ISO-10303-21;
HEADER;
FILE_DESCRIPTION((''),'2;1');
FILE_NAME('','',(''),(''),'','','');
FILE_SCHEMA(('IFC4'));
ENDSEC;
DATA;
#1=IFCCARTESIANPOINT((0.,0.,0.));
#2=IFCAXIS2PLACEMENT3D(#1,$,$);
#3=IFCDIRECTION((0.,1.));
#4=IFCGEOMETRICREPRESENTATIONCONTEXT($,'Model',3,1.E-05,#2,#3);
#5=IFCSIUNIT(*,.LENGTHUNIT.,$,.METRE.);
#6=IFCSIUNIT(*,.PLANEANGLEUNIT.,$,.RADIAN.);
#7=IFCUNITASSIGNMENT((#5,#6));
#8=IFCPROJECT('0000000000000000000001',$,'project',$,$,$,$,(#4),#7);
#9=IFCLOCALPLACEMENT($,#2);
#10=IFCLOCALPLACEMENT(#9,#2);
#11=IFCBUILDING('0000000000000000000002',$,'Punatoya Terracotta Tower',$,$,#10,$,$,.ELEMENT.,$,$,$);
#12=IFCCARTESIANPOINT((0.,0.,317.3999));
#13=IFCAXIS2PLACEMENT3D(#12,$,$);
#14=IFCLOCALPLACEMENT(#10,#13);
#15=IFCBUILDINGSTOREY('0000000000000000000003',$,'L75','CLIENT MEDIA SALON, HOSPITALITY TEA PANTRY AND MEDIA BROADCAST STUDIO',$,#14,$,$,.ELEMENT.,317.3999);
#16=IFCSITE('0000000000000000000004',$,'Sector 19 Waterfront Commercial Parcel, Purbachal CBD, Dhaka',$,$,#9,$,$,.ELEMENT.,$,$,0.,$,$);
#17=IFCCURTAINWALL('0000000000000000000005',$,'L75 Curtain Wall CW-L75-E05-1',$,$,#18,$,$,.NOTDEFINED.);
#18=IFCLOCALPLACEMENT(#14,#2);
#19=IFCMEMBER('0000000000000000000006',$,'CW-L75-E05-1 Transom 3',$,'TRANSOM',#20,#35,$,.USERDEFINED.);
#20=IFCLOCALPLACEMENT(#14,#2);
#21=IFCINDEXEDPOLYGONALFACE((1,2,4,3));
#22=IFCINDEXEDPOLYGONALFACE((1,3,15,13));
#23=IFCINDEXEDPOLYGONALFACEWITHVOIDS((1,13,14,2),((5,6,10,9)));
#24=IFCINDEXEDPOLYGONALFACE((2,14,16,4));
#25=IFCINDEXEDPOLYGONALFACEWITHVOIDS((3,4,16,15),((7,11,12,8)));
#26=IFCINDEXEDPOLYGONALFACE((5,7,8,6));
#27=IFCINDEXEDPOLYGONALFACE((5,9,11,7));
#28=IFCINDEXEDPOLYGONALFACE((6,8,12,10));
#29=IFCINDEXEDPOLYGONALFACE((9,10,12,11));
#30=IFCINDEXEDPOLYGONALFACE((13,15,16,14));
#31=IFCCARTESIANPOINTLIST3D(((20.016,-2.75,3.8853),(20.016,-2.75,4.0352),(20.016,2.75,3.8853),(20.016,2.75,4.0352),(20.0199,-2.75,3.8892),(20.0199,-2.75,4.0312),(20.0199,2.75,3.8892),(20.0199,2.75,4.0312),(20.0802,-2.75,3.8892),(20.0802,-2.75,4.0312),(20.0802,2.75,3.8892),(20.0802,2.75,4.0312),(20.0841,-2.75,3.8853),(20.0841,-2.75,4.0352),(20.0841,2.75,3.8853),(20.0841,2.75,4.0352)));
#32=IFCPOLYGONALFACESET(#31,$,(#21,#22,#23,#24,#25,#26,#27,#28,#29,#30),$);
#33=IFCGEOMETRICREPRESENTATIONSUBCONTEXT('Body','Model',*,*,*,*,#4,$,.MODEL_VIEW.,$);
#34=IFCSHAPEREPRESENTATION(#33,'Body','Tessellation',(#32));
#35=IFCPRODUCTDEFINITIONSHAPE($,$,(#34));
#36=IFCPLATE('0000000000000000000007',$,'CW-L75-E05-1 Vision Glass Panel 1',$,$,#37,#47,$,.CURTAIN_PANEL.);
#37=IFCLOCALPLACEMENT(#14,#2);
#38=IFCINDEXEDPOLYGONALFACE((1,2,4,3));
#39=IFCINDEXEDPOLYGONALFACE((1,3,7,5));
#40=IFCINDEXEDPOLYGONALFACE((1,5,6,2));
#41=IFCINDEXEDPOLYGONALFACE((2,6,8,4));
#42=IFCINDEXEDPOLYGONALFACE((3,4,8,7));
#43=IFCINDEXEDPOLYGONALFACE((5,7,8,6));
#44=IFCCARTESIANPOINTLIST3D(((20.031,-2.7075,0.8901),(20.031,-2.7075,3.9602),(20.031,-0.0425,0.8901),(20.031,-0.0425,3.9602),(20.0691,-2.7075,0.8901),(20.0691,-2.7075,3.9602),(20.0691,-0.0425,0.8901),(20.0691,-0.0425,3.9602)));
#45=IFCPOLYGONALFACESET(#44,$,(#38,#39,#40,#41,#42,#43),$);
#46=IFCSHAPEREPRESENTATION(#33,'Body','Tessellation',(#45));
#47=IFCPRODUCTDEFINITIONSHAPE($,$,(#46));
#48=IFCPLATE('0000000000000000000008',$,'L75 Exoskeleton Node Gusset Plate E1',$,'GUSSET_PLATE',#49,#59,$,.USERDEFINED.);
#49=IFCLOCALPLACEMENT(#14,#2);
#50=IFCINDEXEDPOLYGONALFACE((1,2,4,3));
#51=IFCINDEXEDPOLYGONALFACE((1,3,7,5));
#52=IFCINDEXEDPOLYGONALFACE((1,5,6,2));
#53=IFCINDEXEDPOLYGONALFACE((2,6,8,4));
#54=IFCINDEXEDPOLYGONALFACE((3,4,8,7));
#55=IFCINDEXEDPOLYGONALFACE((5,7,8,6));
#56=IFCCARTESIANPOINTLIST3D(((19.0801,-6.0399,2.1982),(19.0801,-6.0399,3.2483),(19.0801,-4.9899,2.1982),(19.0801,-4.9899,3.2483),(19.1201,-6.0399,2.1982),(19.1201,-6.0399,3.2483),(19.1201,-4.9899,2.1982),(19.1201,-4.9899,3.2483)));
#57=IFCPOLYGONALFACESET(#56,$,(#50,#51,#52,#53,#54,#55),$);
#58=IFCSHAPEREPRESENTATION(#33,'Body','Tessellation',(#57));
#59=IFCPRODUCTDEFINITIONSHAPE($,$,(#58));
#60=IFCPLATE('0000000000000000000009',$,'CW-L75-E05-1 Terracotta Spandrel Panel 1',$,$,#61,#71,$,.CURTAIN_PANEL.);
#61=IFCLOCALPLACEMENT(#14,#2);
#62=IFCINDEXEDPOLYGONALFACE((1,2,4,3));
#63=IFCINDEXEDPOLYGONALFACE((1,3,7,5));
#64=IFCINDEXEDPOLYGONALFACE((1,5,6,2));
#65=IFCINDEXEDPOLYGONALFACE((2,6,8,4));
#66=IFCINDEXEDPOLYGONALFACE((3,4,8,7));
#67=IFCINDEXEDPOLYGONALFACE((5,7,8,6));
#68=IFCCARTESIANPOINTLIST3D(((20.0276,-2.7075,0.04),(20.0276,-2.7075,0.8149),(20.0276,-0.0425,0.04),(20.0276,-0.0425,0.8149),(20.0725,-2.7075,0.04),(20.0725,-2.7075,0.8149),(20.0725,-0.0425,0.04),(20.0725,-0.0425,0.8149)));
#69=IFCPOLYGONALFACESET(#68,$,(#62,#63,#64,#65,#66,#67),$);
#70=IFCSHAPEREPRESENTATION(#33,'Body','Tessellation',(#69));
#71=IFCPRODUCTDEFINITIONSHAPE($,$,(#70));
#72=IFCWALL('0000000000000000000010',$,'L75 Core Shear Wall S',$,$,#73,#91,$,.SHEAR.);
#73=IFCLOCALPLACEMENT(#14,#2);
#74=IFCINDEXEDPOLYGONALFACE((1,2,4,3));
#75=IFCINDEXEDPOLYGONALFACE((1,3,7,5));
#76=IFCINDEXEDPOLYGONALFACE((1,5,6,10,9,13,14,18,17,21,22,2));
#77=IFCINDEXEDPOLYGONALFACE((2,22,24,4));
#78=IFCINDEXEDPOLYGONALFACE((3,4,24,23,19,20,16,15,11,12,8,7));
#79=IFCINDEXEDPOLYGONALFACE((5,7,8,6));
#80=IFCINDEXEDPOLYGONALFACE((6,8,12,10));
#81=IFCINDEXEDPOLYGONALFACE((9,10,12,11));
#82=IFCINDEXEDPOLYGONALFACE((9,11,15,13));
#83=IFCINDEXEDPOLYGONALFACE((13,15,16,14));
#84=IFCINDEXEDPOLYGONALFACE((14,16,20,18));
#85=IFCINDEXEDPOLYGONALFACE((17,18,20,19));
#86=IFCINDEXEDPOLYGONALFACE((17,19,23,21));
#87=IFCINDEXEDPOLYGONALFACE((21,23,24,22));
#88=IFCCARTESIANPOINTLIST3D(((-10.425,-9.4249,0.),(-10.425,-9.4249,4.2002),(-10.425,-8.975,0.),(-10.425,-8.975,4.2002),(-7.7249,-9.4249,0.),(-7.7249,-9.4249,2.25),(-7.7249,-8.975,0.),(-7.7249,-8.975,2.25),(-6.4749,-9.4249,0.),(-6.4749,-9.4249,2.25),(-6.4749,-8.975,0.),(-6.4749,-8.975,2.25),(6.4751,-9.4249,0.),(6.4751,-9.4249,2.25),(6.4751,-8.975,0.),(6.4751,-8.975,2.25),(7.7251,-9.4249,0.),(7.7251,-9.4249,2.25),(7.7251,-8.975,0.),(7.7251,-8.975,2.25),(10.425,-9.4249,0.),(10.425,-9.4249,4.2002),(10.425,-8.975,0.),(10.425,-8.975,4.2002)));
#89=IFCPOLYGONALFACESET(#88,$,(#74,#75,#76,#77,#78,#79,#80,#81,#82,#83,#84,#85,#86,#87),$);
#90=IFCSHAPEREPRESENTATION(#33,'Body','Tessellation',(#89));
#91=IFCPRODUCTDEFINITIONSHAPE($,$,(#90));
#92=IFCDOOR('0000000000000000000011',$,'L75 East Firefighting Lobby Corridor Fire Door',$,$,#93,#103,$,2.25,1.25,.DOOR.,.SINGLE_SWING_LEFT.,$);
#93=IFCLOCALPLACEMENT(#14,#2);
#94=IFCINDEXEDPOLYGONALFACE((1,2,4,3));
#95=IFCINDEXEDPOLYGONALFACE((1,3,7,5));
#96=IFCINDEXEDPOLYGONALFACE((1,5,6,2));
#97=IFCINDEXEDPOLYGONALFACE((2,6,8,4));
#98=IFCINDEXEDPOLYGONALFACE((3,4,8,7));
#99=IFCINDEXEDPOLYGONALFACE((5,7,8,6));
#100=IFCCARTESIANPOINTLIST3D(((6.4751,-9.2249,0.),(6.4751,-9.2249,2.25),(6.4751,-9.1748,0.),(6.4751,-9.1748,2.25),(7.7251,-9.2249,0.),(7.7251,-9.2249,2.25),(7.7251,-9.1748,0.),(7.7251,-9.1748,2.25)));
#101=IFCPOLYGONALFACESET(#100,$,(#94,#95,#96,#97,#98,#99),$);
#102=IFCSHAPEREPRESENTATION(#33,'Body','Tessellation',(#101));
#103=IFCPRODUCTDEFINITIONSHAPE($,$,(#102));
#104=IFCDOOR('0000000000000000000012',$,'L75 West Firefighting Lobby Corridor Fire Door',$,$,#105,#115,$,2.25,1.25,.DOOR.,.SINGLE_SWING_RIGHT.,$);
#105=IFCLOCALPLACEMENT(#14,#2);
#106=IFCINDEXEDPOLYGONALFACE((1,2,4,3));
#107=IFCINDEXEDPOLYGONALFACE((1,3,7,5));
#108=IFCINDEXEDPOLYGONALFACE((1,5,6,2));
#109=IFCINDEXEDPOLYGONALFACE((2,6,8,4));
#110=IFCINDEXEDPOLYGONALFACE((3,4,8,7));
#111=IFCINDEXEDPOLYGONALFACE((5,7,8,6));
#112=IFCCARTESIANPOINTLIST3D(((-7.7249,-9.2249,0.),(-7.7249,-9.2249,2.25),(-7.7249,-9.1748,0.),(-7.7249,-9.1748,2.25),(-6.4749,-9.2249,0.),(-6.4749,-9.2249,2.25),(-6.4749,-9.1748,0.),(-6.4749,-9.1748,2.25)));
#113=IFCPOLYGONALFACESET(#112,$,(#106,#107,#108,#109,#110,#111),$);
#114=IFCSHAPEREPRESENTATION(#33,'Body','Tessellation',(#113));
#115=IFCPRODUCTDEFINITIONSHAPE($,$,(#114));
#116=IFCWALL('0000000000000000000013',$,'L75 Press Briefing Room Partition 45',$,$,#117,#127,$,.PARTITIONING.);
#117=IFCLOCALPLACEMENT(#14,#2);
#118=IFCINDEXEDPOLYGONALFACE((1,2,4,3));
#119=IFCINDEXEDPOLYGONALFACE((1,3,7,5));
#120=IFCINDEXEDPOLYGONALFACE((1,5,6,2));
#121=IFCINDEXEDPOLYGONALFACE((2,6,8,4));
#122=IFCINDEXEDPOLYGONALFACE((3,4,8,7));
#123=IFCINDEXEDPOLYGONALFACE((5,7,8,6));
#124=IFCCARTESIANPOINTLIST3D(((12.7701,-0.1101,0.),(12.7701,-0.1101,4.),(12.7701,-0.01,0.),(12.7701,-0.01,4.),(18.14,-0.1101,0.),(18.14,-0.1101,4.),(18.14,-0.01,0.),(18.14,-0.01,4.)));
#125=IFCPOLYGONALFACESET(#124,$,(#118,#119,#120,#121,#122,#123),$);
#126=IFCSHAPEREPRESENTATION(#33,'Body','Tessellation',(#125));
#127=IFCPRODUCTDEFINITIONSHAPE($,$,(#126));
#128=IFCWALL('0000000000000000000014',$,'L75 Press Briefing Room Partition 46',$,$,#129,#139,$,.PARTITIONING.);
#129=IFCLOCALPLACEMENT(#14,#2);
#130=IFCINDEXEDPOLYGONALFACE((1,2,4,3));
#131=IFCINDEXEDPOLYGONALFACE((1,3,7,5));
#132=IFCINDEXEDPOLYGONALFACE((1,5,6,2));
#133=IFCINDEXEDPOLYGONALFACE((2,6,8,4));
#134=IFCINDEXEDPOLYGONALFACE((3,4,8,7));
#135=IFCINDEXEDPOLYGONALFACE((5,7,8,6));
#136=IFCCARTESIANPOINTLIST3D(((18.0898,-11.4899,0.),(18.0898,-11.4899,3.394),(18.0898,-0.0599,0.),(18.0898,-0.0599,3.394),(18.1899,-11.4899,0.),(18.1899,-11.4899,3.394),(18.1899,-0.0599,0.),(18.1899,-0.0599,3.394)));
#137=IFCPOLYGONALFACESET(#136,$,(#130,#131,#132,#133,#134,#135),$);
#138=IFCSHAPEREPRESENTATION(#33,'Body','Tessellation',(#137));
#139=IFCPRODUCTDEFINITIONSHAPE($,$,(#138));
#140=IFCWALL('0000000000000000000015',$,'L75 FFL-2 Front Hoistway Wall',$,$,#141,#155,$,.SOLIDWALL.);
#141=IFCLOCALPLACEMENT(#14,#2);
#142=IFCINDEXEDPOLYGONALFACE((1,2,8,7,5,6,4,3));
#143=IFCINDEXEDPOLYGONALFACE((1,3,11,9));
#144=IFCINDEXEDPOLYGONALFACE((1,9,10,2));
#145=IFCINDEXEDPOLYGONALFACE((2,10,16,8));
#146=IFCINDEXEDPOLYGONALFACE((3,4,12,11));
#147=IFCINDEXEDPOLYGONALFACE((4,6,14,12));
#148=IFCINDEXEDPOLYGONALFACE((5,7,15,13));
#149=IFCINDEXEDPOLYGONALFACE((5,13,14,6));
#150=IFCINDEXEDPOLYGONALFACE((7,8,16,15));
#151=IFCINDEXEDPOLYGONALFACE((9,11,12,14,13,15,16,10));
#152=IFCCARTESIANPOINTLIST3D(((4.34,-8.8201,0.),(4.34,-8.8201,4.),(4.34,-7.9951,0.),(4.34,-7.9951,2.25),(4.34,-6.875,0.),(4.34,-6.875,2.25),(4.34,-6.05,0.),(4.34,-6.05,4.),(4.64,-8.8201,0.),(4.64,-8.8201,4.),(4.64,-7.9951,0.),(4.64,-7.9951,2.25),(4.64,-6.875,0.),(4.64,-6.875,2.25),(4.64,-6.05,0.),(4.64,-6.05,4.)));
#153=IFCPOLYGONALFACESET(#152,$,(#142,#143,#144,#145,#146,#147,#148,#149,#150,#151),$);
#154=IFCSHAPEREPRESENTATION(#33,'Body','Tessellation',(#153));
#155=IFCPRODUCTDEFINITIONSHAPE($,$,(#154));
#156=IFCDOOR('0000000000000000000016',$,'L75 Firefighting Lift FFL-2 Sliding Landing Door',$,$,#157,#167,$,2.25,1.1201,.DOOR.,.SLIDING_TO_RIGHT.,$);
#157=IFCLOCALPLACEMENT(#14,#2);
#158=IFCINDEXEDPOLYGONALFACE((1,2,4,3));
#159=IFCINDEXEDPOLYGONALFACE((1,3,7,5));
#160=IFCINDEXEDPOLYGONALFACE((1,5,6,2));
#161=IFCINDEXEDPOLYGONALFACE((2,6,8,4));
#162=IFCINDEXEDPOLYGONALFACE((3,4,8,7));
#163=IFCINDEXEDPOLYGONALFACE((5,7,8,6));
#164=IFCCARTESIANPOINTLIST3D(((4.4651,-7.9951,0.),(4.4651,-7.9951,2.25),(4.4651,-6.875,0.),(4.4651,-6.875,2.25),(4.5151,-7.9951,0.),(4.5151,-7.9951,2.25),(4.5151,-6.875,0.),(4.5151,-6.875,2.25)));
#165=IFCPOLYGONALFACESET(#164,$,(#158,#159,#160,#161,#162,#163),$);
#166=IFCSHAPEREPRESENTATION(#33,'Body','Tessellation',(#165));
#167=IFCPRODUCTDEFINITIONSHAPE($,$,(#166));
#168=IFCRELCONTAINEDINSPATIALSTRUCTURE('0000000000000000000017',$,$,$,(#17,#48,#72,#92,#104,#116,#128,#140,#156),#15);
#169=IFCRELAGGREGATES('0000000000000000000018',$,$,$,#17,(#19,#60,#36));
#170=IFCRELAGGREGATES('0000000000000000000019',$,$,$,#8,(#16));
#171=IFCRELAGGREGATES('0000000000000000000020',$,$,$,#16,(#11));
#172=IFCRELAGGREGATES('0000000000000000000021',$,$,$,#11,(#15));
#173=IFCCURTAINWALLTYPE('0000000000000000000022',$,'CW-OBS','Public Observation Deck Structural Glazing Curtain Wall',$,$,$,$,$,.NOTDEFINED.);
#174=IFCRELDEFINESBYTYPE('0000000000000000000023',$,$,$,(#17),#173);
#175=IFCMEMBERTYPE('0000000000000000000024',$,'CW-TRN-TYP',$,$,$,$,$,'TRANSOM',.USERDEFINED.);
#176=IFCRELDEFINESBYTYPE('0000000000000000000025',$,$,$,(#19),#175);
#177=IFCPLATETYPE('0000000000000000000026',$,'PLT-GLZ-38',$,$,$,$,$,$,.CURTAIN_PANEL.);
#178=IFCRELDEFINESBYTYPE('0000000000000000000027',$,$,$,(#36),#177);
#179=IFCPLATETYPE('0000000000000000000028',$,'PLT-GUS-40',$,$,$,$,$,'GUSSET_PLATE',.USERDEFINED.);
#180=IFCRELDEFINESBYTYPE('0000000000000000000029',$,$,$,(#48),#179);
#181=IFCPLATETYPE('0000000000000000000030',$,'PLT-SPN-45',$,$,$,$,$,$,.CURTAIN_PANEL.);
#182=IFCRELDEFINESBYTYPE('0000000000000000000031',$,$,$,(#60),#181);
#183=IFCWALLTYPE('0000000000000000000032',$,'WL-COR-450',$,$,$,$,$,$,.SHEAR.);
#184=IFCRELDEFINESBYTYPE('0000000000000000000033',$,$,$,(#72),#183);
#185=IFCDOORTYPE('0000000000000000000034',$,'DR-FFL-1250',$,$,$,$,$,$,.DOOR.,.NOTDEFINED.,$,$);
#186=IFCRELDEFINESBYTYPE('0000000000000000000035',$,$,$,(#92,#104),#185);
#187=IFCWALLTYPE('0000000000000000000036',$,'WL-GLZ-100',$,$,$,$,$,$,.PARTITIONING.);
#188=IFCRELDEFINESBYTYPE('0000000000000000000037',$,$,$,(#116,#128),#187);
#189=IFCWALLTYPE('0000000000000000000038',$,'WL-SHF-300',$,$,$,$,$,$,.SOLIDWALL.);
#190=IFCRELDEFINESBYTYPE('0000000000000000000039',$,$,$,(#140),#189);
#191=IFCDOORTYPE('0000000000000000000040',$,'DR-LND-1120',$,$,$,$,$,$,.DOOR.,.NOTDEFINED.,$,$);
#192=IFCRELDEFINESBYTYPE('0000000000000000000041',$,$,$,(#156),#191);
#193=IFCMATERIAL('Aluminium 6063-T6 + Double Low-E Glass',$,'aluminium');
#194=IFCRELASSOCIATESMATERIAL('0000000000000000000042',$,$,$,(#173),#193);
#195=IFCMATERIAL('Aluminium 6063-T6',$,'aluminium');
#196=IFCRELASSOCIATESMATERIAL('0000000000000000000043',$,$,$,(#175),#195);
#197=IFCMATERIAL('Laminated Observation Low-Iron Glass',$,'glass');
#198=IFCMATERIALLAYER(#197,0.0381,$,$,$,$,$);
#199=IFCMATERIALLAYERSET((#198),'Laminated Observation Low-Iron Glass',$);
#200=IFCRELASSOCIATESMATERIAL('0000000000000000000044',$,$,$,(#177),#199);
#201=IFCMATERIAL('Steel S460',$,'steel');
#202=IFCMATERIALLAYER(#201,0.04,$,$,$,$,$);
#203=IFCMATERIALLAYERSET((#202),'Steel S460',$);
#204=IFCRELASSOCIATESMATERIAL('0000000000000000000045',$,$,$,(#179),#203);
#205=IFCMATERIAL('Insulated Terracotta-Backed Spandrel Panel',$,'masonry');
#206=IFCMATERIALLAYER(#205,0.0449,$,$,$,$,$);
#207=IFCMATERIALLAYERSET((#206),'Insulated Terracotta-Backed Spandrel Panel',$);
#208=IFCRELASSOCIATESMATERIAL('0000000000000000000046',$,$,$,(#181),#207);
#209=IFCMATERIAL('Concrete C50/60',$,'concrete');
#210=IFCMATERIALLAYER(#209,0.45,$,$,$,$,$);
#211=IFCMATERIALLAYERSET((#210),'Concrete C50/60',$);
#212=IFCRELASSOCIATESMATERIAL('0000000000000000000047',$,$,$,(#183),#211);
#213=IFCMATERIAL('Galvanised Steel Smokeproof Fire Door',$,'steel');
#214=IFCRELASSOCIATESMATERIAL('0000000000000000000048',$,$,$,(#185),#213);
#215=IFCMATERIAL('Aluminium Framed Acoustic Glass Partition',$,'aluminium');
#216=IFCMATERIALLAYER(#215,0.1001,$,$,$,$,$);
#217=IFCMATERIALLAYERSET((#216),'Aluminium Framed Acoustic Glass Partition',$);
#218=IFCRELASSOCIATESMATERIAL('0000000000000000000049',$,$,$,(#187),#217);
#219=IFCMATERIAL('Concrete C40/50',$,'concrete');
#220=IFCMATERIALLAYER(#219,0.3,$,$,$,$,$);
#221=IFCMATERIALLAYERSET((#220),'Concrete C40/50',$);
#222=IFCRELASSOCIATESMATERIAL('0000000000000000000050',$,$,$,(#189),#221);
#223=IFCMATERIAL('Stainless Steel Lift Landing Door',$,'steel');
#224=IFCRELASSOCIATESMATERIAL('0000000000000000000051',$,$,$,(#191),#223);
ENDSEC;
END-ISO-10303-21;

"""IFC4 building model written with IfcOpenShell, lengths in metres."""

from ifc_helpers import new_model, si_unit, direction, frame, frame_2d, origin, origin_2d, place, context, subcontext, project, spatial, rectangle, hollow_rectangle, extrude, material, layer, layer_set, material_profile, profile_set, type_object, element, fill, aggregate, save


model = new_model("IFC4")

# Units and contexts
model_context = context("Model", 3, precision=1e-05, world=origin(), true_north=direction((0.0, 1.0)))
body_context = subcontext(model_context, "Body", "Model", "MODEL_VIEW")
ifc_project = project(units=[si_unit("LENGTHUNIT", "METRE"), si_unit("PLANEANGLEUNIT", "RADIAN")], contexts=[model_context])

# Site, building, storey
site_placement = place(None, origin())
site = spatial("IfcSite", under=ifc_project, at=site_placement, Name="Sector 19 Waterfront Commercial Parcel, Purbachal CBD, Dhaka", CompositionType="ELEMENT", RefElevation=0.0)
building_placement = place(site_placement, origin())
building = spatial("IfcBuilding", under=site, at=building_placement, Name="Punatoya Terracotta Tower", CompositionType="ELEMENT")
storey_placement = place(building_placement, frame((0.0, 0.0, 317.3999)))
storey = spatial("IfcBuildingStorey", under=building, at=storey_placement, Name="L75", Description="CLIENT MEDIA SALON, HOSPITALITY TEA PANTRY AND MEDIA BROADCAST STUDIO", CompositionType="ELEMENT", Elevation=317.3999)

# Shared definitions
ifc_material_1 = material(Name="Steel S460", Category="steel")

# Curtain wall, member, plate
ifc_material_2 = material(Name="Aluminium 6063-T6 + Double Low-E Glass", Category="aluminium")
curtain_wall_type = type_object("IfcCurtainWallType", Name="CW-OBS", Description="Public Observation Deck Structural Glazing Curtain Wall", PredefinedType="NOTDEFINED", material=ifc_material_2)
curtain_wall_placement = place(storey_placement, origin())
curtain_wall = element("IfcCurtainWall", 1, at=curtain_wall_placement, inside=storey, type_object=curtain_wall_type, Name="L75 Curtain Wall CW-L75-E05-1", PredefinedType="NOTDEFINED")
ifc_material_3 = material(Name="Aluminium 6063-T6", Category="aluminium")
ifc_material_profile_1 = material_profile(ifc_material_3, hollow_rectangle(XDim=0.0681, YDim=0.1499, WallThickness=0.0039, at=origin_2d()))
ifc_profile_set_1 = profile_set([ifc_material_profile_1], Name="Aluminium 6063-T6")
member_type_1 = type_object("IfcMemberType", Name="CW-TRN-TYP", ElementType="TRANSOM", PredefinedType="USERDEFINED", material=ifc_profile_set_1)
member_1_placement = place(storey_placement, frame((20.05, -2.75, 3.9602), z_axis=(0.0, 1.0, 0.0), x_axis=(-1.0, 0.0, 0.0)))
member_1 = element("IfcMember", 2, at=member_1_placement, type_object=member_type_1, Name="CW-L75-E05-1 Transom 3", ObjectType="TRANSOM", PredefinedType="USERDEFINED", context=body_context, shape_type="SweptSolid", body=[
    extrude(hollow_rectangle(XDim=0.0681, YDim=0.1499, WallThickness=0.0039, at=origin_2d()), origin(), (0.0, 0.0, 1.0), 5.5),
])
ifc_material_4 = material(Name="Laminated Observation Low-Iron Glass", Category="glass")
ifc_layer_1 = layer(ifc_material_4, 0.0381)
ifc_layer_set_1 = layer_set([ifc_layer_1], Name="Laminated Observation Low-Iron Glass")
plate_type_1 = type_object("IfcPlateType", Name="PLT-GLZ-38", PredefinedType="CURTAIN_PANEL", material=ifc_layer_set_1)
plate_1_placement = place(storey_placement, frame((20.05, -1.375, 0.8901), z_axis=(0.0, 0.0, 1.0), x_axis=(0.0, 1.0, 0.0)))
plate_1 = element("IfcPlate", 3, at=plate_1_placement, type_object=plate_type_1, Name="CW-L75-E05-1 Vision Glass Panel 1", PredefinedType="CURTAIN_PANEL", context=body_context, shape_type="SweptSolid", body=[
    extrude(rectangle(XDim=2.665, YDim=0.0381, at=origin_2d()), origin(), (0.0, 0.0, 1.0), 3.0701),
])

# Plates
ifc_layer_2 = layer(ifc_material_1, 0.04)
ifc_layer_set_2 = layer_set([ifc_layer_2], Name="Steel S460")
plate_type_2 = type_object("IfcPlateType", Name="PLT-GUS-40", ElementType="GUSSET_PLATE", PredefinedType="USERDEFINED", material=ifc_layer_set_2)
plate_2_placement = place(storey_placement, frame((19.1001, -5.5149, 2.1982), z_axis=(0.0, 0.0, 1.0), x_axis=(0.0, 1.0, 0.0)))
element("IfcPlate", 4, at=plate_2_placement, inside=storey, type_object=plate_type_2, Name="L75 Exoskeleton Node Gusset Plate E1", ObjectType="GUSSET_PLATE", PredefinedType="USERDEFINED", context=body_context, shape_type="SweptSolid", body=[
    extrude(rectangle(XDim=1.05, YDim=0.04, at=origin_2d()), origin(), (0.0, 0.0, 1.0), 1.05),
])
ifc_material_5 = material(Name="Insulated Terracotta-Backed Spandrel Panel", Category="masonry")
ifc_layer_3 = layer(ifc_material_5, 0.0449)
ifc_layer_set_3 = layer_set([ifc_layer_3], Name="Insulated Terracotta-Backed Spandrel Panel")
plate_type_3 = type_object("IfcPlateType", Name="PLT-SPN-45", PredefinedType="CURTAIN_PANEL", material=ifc_layer_set_3)
plate_3_placement = place(storey_placement, frame((20.05, -1.375, 0.04), z_axis=(0.0, 0.0, 1.0), x_axis=(0.0, 1.0, 0.0)))
plate_3 = element("IfcPlate", 5, at=plate_3_placement, type_object=plate_type_3, Name="CW-L75-E05-1 Terracotta Spandrel Panel 1", PredefinedType="CURTAIN_PANEL", context=body_context, shape_type="SweptSolid", body=[
    extrude(rectangle(XDim=2.665, YDim=0.0449, at=origin_2d()), origin(), (0.0, 0.0, 1.0), 0.7749),
])
aggregate(curtain_wall, [member_1, plate_3, plate_1])

# Wall, openings, doors
ifc_material_6 = material(Name="Concrete C50/60", Category="concrete")
ifc_layer_4 = layer(ifc_material_6, 0.45)
ifc_layer_set_4 = layer_set([ifc_layer_4], Name="Concrete C50/60")
wall_type_1 = type_object("IfcWallType", Name="WL-COR-450", PredefinedType="SHEAR", material=ifc_layer_set_4)
wall_1_placement = place(storey_placement, frame((10.425, -9.2, 0.0), z_axis=(0.0, 0.0, 1.0), x_axis=(-1.0, 0.0, 0.0)))
wall_1 = element("IfcWall", 6, at=wall_1_placement, inside=storey, type_object=wall_type_1, Name="L75 Core Shear Wall S", PredefinedType="SHEAR", context=body_context, shape_type="SweptSolid", body=[
    extrude(rectangle(XDim=20.8501, YDim=0.45, at=frame_2d((10.425, 0.0))), origin(), (0.0, 0.0, 1.0), 4.2002),
])
opening_1_placement = place(wall_1_placement, frame((2.7, 0.0, 0.0)))
opening_1 = element("IfcOpeningElement", 7, at=opening_1_placement, cuts=wall_1, PredefinedType="OPENING", context=body_context, shape_type="SweptSolid", body=[
    extrude(rectangle(XDim=1.25, YDim=2.25, at=frame_2d((0.625, 1.125))), frame((0.0, 0.2349, 0.0), z_axis=(0.0, -1.0, 0.0), x_axis=(1.0, 0.0, 0.0)), (0.0, 0.0, 1.0), 0.47),
])
opening_2_placement = place(wall_1_placement, frame((16.8999, 0.0, 0.0)))
opening_2 = element("IfcOpeningElement", 8, at=opening_2_placement, cuts=wall_1, PredefinedType="OPENING", context=body_context, shape_type="SweptSolid", body=[
    extrude(rectangle(XDim=1.25, YDim=2.25, at=frame_2d((0.625, 1.125))), frame((0.0, 0.2349, 0.0), z_axis=(0.0, -1.0, 0.0), x_axis=(1.0, 0.0, 0.0)), (0.0, 0.0, 1.0), 0.47),
])
ifc_material_7 = material(Name="Galvanised Steel Smokeproof Fire Door", Category="steel")
door_type_1 = type_object("IfcDoorType", Name="DR-FFL-1250", OperationType="NOTDEFINED", PredefinedType="DOOR", material=ifc_material_7)
door_1_placement = place(opening_1_placement, origin())
door_1 = element("IfcDoor", 9, at=door_1_placement, inside=storey, type_object=door_type_1, Name="L75 East Firefighting Lobby Corridor Fire Door", OperationType="SINGLE_SWING_LEFT", OverallHeight=2.25, OverallWidth=1.25, PredefinedType="DOOR", context=body_context, shape_type="SweptSolid", body=[
    extrude(rectangle(XDim=1.25, YDim=2.25, at=frame_2d((0.625, 1.125))), frame((0.0, 0.0249, 0.0), z_axis=(0.0, -1.0, 0.0), x_axis=(1.0, 0.0, 0.0)), (0.0, 0.0, 1.0), 0.05),
])
fill(opening_1, door_1)
door_2_placement = place(opening_2_placement, origin())
door_2 = element("IfcDoor", 10, at=door_2_placement, inside=storey, type_object=door_type_1, Name="L75 West Firefighting Lobby Corridor Fire Door", OperationType="SINGLE_SWING_RIGHT", OverallHeight=2.25, OverallWidth=1.25, PredefinedType="DOOR", context=body_context, shape_type="SweptSolid", body=[
    extrude(rectangle(XDim=1.25, YDim=2.25, at=frame_2d((0.625, 1.125))), frame((0.0, 0.0249, 0.0), z_axis=(0.0, -1.0, 0.0), x_axis=(1.0, 0.0, 0.0)), (0.0, 0.0, 1.0), 0.05),
])
fill(opening_2, door_2)

# Walls
ifc_material_8 = material(Name="Aluminium Framed Acoustic Glass Partition", Category="aluminium")
ifc_layer_5 = layer(ifc_material_8, 0.1001)
ifc_layer_set_5 = layer_set([ifc_layer_5], Name="Aluminium Framed Acoustic Glass Partition")
wall_type_2 = type_object("IfcWallType", Name="WL-GLZ-100", PredefinedType="PARTITIONING", material=ifc_layer_set_5)
wall_2_placement = place(storey_placement, frame((12.77, -0.0601, 0.0), z_axis=(0.0, 0.0, 1.0), x_axis=(1.0, 0.0, 0.0)))
element("IfcWall", 11, at=wall_2_placement, inside=storey, type_object=wall_type_2, Name="L75 Press Briefing Room Partition 45", PredefinedType="PARTITIONING", context=body_context, shape_type="SweptSolid", body=[
    extrude(rectangle(XDim=5.3699, YDim=0.1001, at=frame_2d((2.6851, 0.0))), origin(), (0.0, 0.0, 1.0), 4.0),
])
wall_3_placement = place(storey_placement, frame((18.1399, -0.0601, 0.0), z_axis=(0.0, 0.0, 1.0), x_axis=(0.0, -1.0, 0.0)))
element("IfcWall", 12, at=wall_3_placement, inside=storey, type_object=wall_type_2, Name="L75 Press Briefing Room Partition 46", PredefinedType="PARTITIONING", context=body_context, shape_type="SweptSolid", body=[
    extrude(rectangle(XDim=11.4299, YDim=0.1001, at=frame_2d((5.7148, 0.0))), origin(), (0.0, 0.0, 1.0), 3.394),
])

# Wall, opening, door
ifc_material_9 = material(Name="Concrete C40/50", Category="concrete")
ifc_layer_6 = layer(ifc_material_9, 0.3)
ifc_layer_set_6 = layer_set([ifc_layer_6], Name="Concrete C40/50")
wall_type_3 = type_object("IfcWallType", Name="WL-SHF-300", PredefinedType="SOLIDWALL", material=ifc_layer_set_6)
wall_4_placement = place(storey_placement, frame((4.49, -8.8201, 0.0), z_axis=(0.0, 0.0, 1.0), x_axis=(0.0, 1.0, 0.0)))
wall_4 = element("IfcWall", 13, at=wall_4_placement, inside=storey, type_object=wall_type_3, Name="L75 FFL-2 Front Hoistway Wall", PredefinedType="SOLIDWALL", context=body_context, shape_type="SweptSolid", body=[
    extrude(rectangle(XDim=2.77, YDim=0.3, at=frame_2d((1.385, 0.0))), origin(), (0.0, 0.0, 1.0), 4.0),
])
opening_3_placement = place(wall_4_placement, frame((0.825, 0.0, 0.0)))
opening_3 = element("IfcOpeningElement", 14, at=opening_3_placement, cuts=wall_4, PredefinedType="OPENING", context=body_context, shape_type="SweptSolid", body=[
    extrude(rectangle(XDim=1.1201, YDim=2.25, at=frame_2d((0.5601, 1.125))), frame((0.0, 0.1599, 0.0), z_axis=(0.0, -1.0, 0.0), x_axis=(1.0, 0.0, 0.0)), (0.0, 0.0, 1.0), 0.3201),
])
ifc_material_10 = material(Name="Stainless Steel Lift Landing Door", Category="steel")
door_type_2 = type_object("IfcDoorType", Name="DR-LND-1120", OperationType="NOTDEFINED", PredefinedType="DOOR", material=ifc_material_10)
door_3_placement = place(opening_3_placement, origin())
door_3 = element("IfcDoor", 15, at=door_3_placement, inside=storey, type_object=door_type_2, Name="L75 Firefighting Lift FFL-2 Sliding Landing Door", OperationType="SLIDING_TO_RIGHT", OverallHeight=2.25, OverallWidth=1.1201, PredefinedType="DOOR", context=body_context, shape_type="SweptSolid", body=[
    extrude(rectangle(XDim=1.1201, YDim=2.25, at=frame_2d((0.5601, 1.125))), frame((0.0, 0.0249, 0.0), z_axis=(0.0, -1.0, 0.0), x_axis=(1.0, 0.0, 0.0)), (0.0, 0.0, 1.0), 0.05),
])
fill(opening_3, door_3)

save(model, "model.ifc")
